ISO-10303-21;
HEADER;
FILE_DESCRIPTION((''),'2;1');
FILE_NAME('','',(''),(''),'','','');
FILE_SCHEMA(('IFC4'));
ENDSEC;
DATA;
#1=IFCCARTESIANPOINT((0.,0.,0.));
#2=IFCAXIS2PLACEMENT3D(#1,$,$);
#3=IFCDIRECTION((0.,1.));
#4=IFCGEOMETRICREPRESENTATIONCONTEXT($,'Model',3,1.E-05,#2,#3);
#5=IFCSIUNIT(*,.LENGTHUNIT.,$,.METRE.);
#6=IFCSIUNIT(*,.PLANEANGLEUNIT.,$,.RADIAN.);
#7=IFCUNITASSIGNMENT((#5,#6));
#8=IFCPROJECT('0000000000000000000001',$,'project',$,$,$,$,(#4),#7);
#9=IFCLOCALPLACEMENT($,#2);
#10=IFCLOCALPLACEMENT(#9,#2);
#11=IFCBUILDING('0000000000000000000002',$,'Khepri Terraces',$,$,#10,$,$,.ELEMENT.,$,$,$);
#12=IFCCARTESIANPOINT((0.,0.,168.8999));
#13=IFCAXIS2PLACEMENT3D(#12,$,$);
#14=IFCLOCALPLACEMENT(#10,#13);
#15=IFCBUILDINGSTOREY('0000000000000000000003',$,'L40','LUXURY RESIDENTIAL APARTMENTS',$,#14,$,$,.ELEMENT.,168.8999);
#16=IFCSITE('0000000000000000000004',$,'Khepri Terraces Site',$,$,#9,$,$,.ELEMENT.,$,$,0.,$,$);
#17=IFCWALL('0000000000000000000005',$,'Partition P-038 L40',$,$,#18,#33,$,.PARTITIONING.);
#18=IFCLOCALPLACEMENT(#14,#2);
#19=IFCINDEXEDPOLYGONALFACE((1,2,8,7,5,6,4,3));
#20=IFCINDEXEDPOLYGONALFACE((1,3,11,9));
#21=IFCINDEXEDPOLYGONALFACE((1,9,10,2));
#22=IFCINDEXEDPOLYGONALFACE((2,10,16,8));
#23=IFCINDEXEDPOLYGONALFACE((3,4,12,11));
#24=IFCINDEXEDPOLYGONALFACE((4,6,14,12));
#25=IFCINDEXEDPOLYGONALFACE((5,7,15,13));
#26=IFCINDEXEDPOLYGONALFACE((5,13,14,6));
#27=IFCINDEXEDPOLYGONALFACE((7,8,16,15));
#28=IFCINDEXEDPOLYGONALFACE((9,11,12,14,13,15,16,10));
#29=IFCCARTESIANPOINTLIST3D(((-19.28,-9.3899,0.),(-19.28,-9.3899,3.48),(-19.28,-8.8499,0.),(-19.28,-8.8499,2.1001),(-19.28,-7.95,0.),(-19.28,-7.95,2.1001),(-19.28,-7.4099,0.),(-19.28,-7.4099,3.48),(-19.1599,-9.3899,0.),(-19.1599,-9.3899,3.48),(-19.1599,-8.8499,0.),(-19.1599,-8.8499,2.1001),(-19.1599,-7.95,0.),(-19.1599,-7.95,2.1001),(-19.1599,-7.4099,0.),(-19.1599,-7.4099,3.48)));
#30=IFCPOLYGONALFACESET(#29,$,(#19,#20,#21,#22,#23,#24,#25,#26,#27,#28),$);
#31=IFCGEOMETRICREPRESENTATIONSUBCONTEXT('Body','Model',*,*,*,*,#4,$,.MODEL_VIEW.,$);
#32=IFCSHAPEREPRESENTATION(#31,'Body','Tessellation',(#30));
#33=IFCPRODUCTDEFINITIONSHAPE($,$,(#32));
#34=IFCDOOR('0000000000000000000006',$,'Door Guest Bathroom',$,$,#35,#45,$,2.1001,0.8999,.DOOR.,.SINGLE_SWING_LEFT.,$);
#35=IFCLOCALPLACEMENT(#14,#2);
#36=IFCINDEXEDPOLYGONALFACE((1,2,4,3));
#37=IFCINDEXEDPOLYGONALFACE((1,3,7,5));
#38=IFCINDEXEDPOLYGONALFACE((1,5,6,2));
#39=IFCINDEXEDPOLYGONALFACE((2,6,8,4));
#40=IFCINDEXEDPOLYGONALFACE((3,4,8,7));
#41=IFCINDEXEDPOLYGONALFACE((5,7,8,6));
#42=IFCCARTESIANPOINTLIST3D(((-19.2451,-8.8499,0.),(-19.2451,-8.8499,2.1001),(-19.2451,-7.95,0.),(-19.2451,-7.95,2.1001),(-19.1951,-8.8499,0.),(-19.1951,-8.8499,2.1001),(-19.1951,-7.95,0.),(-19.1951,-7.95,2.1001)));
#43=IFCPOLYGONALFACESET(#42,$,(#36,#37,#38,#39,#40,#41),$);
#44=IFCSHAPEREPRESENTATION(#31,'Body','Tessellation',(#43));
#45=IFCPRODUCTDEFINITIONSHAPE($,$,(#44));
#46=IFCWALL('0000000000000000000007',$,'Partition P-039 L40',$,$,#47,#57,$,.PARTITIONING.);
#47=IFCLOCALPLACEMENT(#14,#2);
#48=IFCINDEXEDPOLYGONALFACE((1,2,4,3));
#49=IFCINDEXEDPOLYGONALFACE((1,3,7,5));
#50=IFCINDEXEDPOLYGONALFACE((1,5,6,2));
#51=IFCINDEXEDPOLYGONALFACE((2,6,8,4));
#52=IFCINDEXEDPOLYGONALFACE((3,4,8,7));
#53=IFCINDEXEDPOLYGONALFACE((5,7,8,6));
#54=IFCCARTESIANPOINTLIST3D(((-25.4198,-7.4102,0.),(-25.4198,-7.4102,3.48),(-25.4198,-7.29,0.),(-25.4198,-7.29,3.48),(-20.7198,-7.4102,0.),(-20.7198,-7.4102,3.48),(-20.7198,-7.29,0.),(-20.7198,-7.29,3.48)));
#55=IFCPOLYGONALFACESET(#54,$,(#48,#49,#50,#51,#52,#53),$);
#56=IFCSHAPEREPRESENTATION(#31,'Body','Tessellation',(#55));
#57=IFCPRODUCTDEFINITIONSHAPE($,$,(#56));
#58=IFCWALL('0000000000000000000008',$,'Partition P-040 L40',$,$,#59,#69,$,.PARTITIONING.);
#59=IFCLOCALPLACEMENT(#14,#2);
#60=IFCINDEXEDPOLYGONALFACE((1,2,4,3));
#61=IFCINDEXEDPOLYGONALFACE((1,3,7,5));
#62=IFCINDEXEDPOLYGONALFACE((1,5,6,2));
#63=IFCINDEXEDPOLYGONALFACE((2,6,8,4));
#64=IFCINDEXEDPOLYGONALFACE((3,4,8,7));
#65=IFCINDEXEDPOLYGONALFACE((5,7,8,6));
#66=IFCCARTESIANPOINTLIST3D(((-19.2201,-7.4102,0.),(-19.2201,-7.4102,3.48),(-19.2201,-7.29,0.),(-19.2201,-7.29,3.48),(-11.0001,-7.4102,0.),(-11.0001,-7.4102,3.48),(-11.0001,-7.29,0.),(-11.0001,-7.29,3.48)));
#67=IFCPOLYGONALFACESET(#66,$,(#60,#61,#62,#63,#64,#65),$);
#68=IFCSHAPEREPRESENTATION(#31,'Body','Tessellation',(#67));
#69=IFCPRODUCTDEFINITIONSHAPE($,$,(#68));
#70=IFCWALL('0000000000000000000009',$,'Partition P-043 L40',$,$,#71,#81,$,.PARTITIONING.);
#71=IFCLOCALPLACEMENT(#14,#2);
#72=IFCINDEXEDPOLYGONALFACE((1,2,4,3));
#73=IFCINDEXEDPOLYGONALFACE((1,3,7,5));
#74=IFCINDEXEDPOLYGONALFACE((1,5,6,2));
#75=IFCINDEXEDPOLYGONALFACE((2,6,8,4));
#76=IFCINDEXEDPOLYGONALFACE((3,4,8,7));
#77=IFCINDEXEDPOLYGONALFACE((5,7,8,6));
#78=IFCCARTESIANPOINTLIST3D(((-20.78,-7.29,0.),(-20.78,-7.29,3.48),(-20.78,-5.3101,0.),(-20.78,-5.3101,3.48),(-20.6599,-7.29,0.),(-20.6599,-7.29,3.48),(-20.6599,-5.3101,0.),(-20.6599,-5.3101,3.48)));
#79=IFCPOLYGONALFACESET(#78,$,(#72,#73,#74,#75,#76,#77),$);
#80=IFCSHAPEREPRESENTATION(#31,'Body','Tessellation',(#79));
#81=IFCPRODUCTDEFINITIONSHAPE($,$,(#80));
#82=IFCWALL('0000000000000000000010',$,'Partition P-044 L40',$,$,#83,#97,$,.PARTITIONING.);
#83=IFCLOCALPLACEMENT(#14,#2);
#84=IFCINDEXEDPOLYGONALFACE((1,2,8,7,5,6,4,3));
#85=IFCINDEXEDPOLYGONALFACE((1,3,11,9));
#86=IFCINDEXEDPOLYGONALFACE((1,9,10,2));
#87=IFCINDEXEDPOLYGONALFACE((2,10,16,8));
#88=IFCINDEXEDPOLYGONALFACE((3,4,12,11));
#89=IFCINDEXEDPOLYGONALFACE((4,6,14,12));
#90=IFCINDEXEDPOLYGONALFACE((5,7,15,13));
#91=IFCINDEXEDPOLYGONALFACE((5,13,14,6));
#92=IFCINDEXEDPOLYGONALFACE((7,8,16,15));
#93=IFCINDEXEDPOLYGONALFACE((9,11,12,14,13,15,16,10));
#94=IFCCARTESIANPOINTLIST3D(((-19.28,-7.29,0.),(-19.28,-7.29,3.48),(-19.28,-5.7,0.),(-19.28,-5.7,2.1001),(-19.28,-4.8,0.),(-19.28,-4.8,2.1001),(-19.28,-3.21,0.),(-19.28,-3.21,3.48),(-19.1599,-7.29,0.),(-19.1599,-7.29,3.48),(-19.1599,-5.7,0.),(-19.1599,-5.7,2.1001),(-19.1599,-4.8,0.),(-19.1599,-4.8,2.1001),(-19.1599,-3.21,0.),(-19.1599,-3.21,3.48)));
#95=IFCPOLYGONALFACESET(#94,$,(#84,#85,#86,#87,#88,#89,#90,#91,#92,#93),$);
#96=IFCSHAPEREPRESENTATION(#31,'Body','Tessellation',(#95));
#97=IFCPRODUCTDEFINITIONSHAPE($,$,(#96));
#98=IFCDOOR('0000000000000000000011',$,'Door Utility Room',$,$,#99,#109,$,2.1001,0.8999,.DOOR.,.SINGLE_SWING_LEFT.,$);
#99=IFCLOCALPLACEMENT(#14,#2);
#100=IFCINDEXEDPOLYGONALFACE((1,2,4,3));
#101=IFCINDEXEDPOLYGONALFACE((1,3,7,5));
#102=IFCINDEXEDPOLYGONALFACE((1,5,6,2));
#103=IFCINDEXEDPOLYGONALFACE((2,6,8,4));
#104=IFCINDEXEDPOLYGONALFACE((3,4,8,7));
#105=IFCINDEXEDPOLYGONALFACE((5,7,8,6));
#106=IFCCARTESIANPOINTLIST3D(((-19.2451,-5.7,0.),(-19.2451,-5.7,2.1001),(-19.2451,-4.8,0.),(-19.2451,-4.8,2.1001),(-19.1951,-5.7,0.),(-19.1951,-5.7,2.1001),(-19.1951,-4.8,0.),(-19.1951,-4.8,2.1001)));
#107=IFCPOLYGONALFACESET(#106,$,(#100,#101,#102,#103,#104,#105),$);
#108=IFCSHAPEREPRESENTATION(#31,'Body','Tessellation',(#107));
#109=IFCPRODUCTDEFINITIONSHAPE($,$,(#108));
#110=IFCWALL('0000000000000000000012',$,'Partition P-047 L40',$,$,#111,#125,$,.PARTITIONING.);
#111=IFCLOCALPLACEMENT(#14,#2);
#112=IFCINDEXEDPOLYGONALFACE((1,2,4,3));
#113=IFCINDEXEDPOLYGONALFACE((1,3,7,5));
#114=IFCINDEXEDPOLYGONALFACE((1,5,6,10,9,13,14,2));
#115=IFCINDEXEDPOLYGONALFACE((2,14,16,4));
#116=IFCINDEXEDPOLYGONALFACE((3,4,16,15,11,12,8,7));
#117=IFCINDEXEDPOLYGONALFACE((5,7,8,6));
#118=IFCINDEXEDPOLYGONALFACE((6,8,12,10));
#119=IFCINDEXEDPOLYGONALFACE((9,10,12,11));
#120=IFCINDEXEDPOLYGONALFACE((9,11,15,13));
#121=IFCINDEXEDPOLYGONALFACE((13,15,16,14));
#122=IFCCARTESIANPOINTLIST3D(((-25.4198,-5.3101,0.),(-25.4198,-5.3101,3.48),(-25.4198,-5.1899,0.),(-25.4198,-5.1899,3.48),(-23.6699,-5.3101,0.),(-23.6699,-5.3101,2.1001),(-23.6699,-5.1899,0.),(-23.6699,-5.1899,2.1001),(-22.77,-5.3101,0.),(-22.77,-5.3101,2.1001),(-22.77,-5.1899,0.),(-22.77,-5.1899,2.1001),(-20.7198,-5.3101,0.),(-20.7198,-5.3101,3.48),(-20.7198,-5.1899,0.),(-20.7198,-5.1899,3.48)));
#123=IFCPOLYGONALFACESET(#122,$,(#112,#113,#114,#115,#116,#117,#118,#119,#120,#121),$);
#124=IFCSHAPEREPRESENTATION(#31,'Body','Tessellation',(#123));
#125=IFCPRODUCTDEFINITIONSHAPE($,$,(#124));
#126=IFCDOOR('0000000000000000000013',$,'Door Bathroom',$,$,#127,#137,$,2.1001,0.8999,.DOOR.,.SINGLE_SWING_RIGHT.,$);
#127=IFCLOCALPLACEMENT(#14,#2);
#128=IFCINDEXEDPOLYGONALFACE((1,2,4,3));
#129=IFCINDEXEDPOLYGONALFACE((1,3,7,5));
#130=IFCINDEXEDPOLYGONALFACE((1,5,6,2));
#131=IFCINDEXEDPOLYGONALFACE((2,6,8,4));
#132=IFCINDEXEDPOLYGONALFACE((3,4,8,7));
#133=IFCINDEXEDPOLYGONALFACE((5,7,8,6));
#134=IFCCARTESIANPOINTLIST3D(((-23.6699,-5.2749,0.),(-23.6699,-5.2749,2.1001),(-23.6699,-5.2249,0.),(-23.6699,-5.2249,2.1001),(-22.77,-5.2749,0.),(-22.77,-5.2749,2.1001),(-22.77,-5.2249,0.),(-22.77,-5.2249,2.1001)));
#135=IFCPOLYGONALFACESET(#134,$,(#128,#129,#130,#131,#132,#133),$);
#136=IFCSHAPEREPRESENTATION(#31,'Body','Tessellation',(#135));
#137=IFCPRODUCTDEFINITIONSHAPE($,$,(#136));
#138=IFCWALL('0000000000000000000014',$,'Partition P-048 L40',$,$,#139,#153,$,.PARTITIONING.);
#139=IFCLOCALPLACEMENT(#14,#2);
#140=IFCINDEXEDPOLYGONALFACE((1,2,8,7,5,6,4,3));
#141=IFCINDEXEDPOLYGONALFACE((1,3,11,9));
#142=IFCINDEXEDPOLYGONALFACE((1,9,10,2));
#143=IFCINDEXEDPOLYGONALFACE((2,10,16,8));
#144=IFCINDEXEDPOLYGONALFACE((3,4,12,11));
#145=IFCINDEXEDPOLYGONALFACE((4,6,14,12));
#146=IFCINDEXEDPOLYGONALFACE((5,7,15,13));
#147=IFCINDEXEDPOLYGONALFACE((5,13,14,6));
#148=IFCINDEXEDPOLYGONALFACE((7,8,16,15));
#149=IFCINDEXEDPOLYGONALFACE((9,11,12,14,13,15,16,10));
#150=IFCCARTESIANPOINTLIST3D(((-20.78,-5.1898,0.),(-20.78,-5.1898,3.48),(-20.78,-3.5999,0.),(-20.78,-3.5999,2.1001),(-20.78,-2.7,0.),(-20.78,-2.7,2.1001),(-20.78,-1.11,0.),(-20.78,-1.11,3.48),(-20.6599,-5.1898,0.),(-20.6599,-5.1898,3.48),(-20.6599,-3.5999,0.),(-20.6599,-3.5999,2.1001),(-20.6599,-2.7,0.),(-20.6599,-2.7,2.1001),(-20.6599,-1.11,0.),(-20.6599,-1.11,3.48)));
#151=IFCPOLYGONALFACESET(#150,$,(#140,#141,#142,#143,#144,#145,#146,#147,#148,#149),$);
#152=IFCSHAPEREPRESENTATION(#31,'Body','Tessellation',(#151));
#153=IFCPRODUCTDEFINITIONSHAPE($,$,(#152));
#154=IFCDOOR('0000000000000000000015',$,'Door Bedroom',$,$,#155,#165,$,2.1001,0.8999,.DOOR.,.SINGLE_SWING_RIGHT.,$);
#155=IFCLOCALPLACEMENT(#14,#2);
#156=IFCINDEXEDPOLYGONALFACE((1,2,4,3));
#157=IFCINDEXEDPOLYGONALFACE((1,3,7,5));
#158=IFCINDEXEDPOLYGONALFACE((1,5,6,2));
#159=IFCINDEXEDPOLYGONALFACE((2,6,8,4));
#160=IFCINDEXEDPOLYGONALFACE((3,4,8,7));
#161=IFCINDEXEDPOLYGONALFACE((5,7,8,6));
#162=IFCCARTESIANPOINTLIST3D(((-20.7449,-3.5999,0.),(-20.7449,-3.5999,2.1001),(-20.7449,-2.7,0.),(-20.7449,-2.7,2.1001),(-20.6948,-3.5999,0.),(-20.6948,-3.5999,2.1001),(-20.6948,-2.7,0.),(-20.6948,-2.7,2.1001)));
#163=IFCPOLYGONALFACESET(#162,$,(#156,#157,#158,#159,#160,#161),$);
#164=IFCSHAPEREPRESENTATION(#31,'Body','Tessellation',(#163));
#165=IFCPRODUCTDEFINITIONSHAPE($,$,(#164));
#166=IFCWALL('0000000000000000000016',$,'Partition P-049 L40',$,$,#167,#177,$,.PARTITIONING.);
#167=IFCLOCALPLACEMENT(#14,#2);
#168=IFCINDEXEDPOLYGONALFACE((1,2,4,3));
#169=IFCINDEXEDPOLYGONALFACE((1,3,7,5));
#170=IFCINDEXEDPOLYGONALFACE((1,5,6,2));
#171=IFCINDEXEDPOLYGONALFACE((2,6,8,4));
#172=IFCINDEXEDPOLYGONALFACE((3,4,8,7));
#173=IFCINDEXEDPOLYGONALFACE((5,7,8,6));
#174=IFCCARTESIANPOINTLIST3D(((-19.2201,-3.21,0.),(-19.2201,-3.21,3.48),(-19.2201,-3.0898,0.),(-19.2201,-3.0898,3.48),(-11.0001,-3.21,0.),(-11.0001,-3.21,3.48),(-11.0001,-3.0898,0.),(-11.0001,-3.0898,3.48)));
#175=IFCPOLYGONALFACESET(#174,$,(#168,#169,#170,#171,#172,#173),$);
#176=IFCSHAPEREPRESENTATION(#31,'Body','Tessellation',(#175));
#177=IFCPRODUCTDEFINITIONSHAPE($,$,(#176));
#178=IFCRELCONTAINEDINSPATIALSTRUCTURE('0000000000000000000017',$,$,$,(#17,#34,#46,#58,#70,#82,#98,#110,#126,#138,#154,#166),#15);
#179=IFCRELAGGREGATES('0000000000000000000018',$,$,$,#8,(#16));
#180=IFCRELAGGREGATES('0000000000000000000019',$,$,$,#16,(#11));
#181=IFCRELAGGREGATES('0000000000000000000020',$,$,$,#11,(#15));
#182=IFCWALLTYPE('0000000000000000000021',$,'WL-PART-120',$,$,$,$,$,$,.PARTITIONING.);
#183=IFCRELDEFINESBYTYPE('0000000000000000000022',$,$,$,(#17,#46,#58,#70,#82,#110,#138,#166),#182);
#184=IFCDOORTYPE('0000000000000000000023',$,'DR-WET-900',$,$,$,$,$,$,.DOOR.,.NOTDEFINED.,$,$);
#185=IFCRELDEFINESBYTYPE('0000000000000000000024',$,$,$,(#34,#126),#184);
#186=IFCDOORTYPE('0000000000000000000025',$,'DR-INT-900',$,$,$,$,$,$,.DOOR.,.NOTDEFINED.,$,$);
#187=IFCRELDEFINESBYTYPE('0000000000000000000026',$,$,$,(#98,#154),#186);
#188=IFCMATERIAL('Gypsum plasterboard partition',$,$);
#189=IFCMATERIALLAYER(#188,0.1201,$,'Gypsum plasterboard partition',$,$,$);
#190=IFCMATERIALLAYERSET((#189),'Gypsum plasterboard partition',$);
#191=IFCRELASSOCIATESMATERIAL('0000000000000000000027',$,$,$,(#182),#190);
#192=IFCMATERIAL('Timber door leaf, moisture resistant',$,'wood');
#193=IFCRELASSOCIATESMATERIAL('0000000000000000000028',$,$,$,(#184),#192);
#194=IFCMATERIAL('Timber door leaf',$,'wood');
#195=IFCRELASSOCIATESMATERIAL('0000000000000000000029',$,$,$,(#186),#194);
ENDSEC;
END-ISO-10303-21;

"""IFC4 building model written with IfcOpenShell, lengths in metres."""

from ifc_helpers import new_model, si_unit, direction, frame, frame_2d, origin, place, context, subcontext, project, spatial, rectangle, extrude, material, layer, layer_set, type_object, element, fill, save


model = new_model("IFC4")

# Units and contexts
model_context = context("Model", 3, precision=1e-05, world=origin(), true_north=direction((0.0, 1.0)))
body_context = subcontext(model_context, "Body", "Model", "MODEL_VIEW")
ifc_project = project(units=[si_unit("LENGTHUNIT", "METRE"), si_unit("PLANEANGLEUNIT", "RADIAN")], contexts=[model_context])

# Site, building, storey
site_placement = place(None, origin())
site = spatial("IfcSite", under=ifc_project, at=site_placement, Name="Khepri Terraces Site", CompositionType="ELEMENT", RefElevation=0.0)
building_placement = place(site_placement, origin())
building = spatial("IfcBuilding", under=site, at=building_placement, Name="Khepri Terraces", CompositionType="ELEMENT")
storey_placement = place(building_placement, frame((0.0, 0.0, 168.8999)))
storey = spatial("IfcBuildingStorey", under=building, at=storey_placement, Name="L40", Description="LUXURY RESIDENTIAL APARTMENTS", CompositionType="ELEMENT", Elevation=168.8999)

# Shared definitions
ifc_material_1 = material(Name="Gypsum plasterboard partition")
ifc_layer_1 = layer(ifc_material_1, 0.1201, Name="Gypsum plasterboard partition")
ifc_layer_set_1 = layer_set([ifc_layer_1], Name="Gypsum plasterboard partition")
wall_type_1 = type_object("IfcWallType", Name="WL-PART-120", PredefinedType="PARTITIONING", material=ifc_layer_set_1)

# Wall, opening, door
wall_1_placement = place(storey_placement, frame((-19.22, -9.3899, 0.0), z_axis=(0.0, 0.0, 1.0), x_axis=(0.0, 1.0, 0.0)))
wall_1 = element("IfcWall", 1, at=wall_1_placement, inside=storey, type_object=wall_type_1, Name="Partition P-038 L40", PredefinedType="PARTITIONING", context=body_context, shape_type="SweptSolid", body=[
    extrude(rectangle(XDim=1.98, YDim=0.1201, at=frame_2d((0.99, 0.0))), origin(), (0.0, 0.0, 1.0), 3.48),
])
opening_1_placement = place(wall_1_placement, frame((0.54, 0.0, 0.0)))
opening_1 = element("IfcOpeningElement", 2, at=opening_1_placement, cuts=wall_1, PredefinedType="OPENING", context=body_context, shape_type="SweptSolid", body=[
    extrude(rectangle(XDim=0.8999, YDim=2.1001, at=frame_2d((0.45, 1.05))), frame((0.0, 0.0701, 0.0), z_axis=(0.0, -1.0, 0.0), x_axis=(1.0, 0.0, 0.0)), (0.0, 0.0, 1.0), 0.1401),
])
ifc_material_2 = material(Name="Timber door leaf, moisture resistant", Category="wood")
door_type_1 = type_object("IfcDoorType", Name="DR-WET-900", OperationType="NOTDEFINED", PredefinedType="DOOR", material=ifc_material_2)
door_1_placement = place(opening_1_placement, frame((0.8999, 0.0, 0.0), z_axis=(0.0, 0.0, 1.0), x_axis=(-1.0, 0.0, 0.0)))
door_1 = element("IfcDoor", 3, at=door_1_placement, inside=storey, type_object=door_type_1, Name="Door Guest Bathroom", OperationType="SINGLE_SWING_LEFT", OverallHeight=2.1001, OverallWidth=0.8999, PredefinedType="DOOR", context=body_context, shape_type="SweptSolid", body=[
    extrude(rectangle(XDim=0.8999, YDim=2.1001, at=frame_2d((0.45, 1.05))), frame((0.0, 0.0249, 0.0), z_axis=(0.0, -1.0, 0.0), x_axis=(1.0, 0.0, 0.0)), (0.0, 0.0, 1.0), 0.05),
])
fill(opening_1, door_1)

# Walls
wall_2_placement = place(storey_placement, frame((-25.4199, -7.3501, 0.0), z_axis=(0.0, 0.0, 1.0), x_axis=(1.0, 0.0, 0.0)))
element("IfcWall", 4, at=wall_2_placement, inside=storey, type_object=wall_type_1, Name="Partition P-039 L40", PredefinedType="PARTITIONING", context=body_context, shape_type="SweptSolid", body=[
    extrude(rectangle(XDim=4.7, YDim=0.1201, at=frame_2d((2.3501, 0.0))), origin(), (0.0, 0.0, 1.0), 3.48),
])
wall_3_placement = place(storey_placement, frame((-19.22, -7.3501, 0.0), z_axis=(0.0, 0.0, 1.0), x_axis=(1.0, 0.0, 0.0)))
element("IfcWall", 5, at=wall_3_placement, inside=storey, type_object=wall_type_1, Name="Partition P-040 L40", PredefinedType="PARTITIONING", context=body_context, shape_type="SweptSolid", body=[
    extrude(rectangle(XDim=8.22, YDim=0.1201, at=frame_2d((4.1099, 0.0))), origin(), (0.0, 0.0, 1.0), 3.48),
])
wall_4_placement = place(storey_placement, frame((-20.72, -7.29, 0.0), z_axis=(0.0, 0.0, 1.0), x_axis=(0.0, 1.0, 0.0)))
element("IfcWall", 6, at=wall_4_placement, inside=storey, type_object=wall_type_1, Name="Partition P-043 L40", PredefinedType="PARTITIONING", context=body_context, shape_type="SweptSolid", body=[
    extrude(rectangle(XDim=1.98, YDim=0.1201, at=frame_2d((0.99, 0.0))), origin(), (0.0, 0.0, 1.0), 3.48),
])

# Walls, openings, doors
wall_5_placement = place(storey_placement, frame((-19.22, -7.29, 0.0), z_axis=(0.0, 0.0, 1.0), x_axis=(0.0, 1.0, 0.0)))
wall_5 = element("IfcWall", 7, at=wall_5_placement, inside=storey, type_object=wall_type_1, Name="Partition P-044 L40", PredefinedType="PARTITIONING", context=body_context, shape_type="SweptSolid", body=[
    extrude(rectangle(XDim=4.0801, YDim=0.1201, at=frame_2d((2.04, 0.0))), origin(), (0.0, 0.0, 1.0), 3.48),
])
opening_2_placement = place(wall_5_placement, frame((1.5901, 0.0, 0.0)))
opening_2 = element("IfcOpeningElement", 8, at=opening_2_placement, cuts=wall_5, PredefinedType="OPENING", context=body_context, shape_type="SweptSolid", body=[
    extrude(rectangle(XDim=0.8999, YDim=2.1001, at=frame_2d((0.45, 1.05))), frame((0.0, 0.0701, 0.0), z_axis=(0.0, -1.0, 0.0), x_axis=(1.0, 0.0, 0.0)), (0.0, 0.0, 1.0), 0.1401),
])
ifc_material_3 = material(Name="Timber door leaf", Category="wood")
door_type_2 = type_object("IfcDoorType", Name="DR-INT-900", OperationType="NOTDEFINED", PredefinedType="DOOR", material=ifc_material_3)
door_2_placement = place(opening_2_placement, frame((0.8999, 0.0, 0.0), z_axis=(0.0, 0.0, 1.0), x_axis=(-1.0, 0.0, 0.0)))
door_2 = element("IfcDoor", 9, at=door_2_placement, inside=storey, type_object=door_type_2, Name="Door Utility Room", OperationType="SINGLE_SWING_LEFT", OverallHeight=2.1001, OverallWidth=0.8999, PredefinedType="DOOR", context=body_context, shape_type="SweptSolid", body=[
    extrude(rectangle(XDim=0.8999, YDim=2.1001, at=frame_2d((0.45, 1.05))), frame((0.0, 0.0249, 0.0), z_axis=(0.0, -1.0, 0.0), x_axis=(1.0, 0.0, 0.0)), (0.0, 0.0, 1.0), 0.05),
])
fill(opening_2, door_2)
wall_6_placement = place(storey_placement, frame((-25.4199, -5.25, 0.0), z_axis=(0.0, 0.0, 1.0), x_axis=(1.0, 0.0, 0.0)))
wall_6 = element("IfcWall", 10, at=wall_6_placement, inside=storey, type_object=wall_type_1, Name="Partition P-047 L40", PredefinedType="PARTITIONING", context=body_context, shape_type="SweptSolid", body=[
    extrude(rectangle(XDim=4.7, YDim=0.1201, at=frame_2d((2.3501, 0.0))), origin(), (0.0, 0.0, 1.0), 3.48),
])
opening_3_placement = place(wall_6_placement, frame((1.75, 0.0, 0.0)))
opening_3 = element("IfcOpeningElement", 11, at=opening_3_placement, cuts=wall_6, PredefinedType="OPENING", context=body_context, shape_type="SweptSolid", body=[
    extrude(rectangle(XDim=0.8999, YDim=2.1001, at=frame_2d((0.45, 1.05))), frame((0.0, 0.0701, 0.0), z_axis=(0.0, -1.0, 0.0), x_axis=(1.0, 0.0, 0.0)), (0.0, 0.0, 1.0), 0.1401),
])
door_3_placement = place(opening_3_placement, frame((0.8999, 0.0, 0.0), z_axis=(0.0, 0.0, 1.0), x_axis=(-1.0, 0.0, 0.0)))
door_3 = element("IfcDoor", 12, at=door_3_placement, inside=storey, type_object=door_type_1, Name="Door Bathroom", OperationType="SINGLE_SWING_RIGHT", OverallHeight=2.1001, OverallWidth=0.8999, PredefinedType="DOOR", context=body_context, shape_type="SweptSolid", body=[
    extrude(rectangle(XDim=0.8999, YDim=2.1001, at=frame_2d((0.45, 1.05))), frame((0.0, 0.0249, 0.0), z_axis=(0.0, -1.0, 0.0), x_axis=(1.0, 0.0, 0.0)), (0.0, 0.0, 1.0), 0.05),
])
fill(opening_3, door_3)
wall_7_placement = place(storey_placement, frame((-20.72, -5.1899, 0.0), z_axis=(0.0, 0.0, 1.0), x_axis=(0.0, 1.0, 0.0)))
wall_7 = element("IfcWall", 13, at=wall_7_placement, inside=storey, type_object=wall_type_1, Name="Partition P-048 L40", PredefinedType="PARTITIONING", context=body_context, shape_type="SweptSolid", body=[
    extrude(rectangle(XDim=4.0798, YDim=0.1201, at=frame_2d((2.04, 0.0))), origin(), (0.0, 0.0, 1.0), 3.48),
])
opening_4_placement = place(wall_7_placement, frame((1.5901, 0.0, 0.0)))
opening_4 = element("IfcOpeningElement", 14, at=opening_4_placement, cuts=wall_7, PredefinedType="OPENING", context=body_context, shape_type="SweptSolid", body=[
    extrude(rectangle(XDim=0.8999, YDim=2.1001, at=frame_2d((0.45, 1.05))), frame((0.0, 0.0701, 0.0), z_axis=(0.0, -1.0, 0.0), x_axis=(1.0, 0.0, 0.0)), (0.0, 0.0, 1.0), 0.1401),
])
door_4_placement = place(opening_4_placement, origin())
door_4 = element("IfcDoor", 15, at=door_4_placement, inside=storey, type_object=door_type_2, Name="Door Bedroom", OperationType="SINGLE_SWING_RIGHT", OverallHeight=2.1001, OverallWidth=0.8999, PredefinedType="DOOR", context=body_context, shape_type="SweptSolid", body=[
    extrude(rectangle(XDim=0.8999, YDim=2.1001, at=frame_2d((0.45, 1.05))), frame((0.0, 0.0249, 0.0), z_axis=(0.0, -1.0, 0.0), x_axis=(1.0, 0.0, 0.0)), (0.0, 0.0, 1.0), 0.05),
])
fill(opening_4, door_4)

# Wall
wall_8_placement = place(storey_placement, frame((-19.22, -3.1499, 0.0), z_axis=(0.0, 0.0, 1.0), x_axis=(1.0, 0.0, 0.0)))
element("IfcWall", 16, at=wall_8_placement, inside=storey, type_object=wall_type_1, Name="Partition P-049 L40", PredefinedType="PARTITIONING", context=body_context, shape_type="SweptSolid", body=[
    extrude(rectangle(XDim=8.22, YDim=0.1201, at=frame_2d((4.1099, 0.0))), origin(), (0.0, 0.0, 1.0), 3.48),
])

save(model, "model.ifc")
